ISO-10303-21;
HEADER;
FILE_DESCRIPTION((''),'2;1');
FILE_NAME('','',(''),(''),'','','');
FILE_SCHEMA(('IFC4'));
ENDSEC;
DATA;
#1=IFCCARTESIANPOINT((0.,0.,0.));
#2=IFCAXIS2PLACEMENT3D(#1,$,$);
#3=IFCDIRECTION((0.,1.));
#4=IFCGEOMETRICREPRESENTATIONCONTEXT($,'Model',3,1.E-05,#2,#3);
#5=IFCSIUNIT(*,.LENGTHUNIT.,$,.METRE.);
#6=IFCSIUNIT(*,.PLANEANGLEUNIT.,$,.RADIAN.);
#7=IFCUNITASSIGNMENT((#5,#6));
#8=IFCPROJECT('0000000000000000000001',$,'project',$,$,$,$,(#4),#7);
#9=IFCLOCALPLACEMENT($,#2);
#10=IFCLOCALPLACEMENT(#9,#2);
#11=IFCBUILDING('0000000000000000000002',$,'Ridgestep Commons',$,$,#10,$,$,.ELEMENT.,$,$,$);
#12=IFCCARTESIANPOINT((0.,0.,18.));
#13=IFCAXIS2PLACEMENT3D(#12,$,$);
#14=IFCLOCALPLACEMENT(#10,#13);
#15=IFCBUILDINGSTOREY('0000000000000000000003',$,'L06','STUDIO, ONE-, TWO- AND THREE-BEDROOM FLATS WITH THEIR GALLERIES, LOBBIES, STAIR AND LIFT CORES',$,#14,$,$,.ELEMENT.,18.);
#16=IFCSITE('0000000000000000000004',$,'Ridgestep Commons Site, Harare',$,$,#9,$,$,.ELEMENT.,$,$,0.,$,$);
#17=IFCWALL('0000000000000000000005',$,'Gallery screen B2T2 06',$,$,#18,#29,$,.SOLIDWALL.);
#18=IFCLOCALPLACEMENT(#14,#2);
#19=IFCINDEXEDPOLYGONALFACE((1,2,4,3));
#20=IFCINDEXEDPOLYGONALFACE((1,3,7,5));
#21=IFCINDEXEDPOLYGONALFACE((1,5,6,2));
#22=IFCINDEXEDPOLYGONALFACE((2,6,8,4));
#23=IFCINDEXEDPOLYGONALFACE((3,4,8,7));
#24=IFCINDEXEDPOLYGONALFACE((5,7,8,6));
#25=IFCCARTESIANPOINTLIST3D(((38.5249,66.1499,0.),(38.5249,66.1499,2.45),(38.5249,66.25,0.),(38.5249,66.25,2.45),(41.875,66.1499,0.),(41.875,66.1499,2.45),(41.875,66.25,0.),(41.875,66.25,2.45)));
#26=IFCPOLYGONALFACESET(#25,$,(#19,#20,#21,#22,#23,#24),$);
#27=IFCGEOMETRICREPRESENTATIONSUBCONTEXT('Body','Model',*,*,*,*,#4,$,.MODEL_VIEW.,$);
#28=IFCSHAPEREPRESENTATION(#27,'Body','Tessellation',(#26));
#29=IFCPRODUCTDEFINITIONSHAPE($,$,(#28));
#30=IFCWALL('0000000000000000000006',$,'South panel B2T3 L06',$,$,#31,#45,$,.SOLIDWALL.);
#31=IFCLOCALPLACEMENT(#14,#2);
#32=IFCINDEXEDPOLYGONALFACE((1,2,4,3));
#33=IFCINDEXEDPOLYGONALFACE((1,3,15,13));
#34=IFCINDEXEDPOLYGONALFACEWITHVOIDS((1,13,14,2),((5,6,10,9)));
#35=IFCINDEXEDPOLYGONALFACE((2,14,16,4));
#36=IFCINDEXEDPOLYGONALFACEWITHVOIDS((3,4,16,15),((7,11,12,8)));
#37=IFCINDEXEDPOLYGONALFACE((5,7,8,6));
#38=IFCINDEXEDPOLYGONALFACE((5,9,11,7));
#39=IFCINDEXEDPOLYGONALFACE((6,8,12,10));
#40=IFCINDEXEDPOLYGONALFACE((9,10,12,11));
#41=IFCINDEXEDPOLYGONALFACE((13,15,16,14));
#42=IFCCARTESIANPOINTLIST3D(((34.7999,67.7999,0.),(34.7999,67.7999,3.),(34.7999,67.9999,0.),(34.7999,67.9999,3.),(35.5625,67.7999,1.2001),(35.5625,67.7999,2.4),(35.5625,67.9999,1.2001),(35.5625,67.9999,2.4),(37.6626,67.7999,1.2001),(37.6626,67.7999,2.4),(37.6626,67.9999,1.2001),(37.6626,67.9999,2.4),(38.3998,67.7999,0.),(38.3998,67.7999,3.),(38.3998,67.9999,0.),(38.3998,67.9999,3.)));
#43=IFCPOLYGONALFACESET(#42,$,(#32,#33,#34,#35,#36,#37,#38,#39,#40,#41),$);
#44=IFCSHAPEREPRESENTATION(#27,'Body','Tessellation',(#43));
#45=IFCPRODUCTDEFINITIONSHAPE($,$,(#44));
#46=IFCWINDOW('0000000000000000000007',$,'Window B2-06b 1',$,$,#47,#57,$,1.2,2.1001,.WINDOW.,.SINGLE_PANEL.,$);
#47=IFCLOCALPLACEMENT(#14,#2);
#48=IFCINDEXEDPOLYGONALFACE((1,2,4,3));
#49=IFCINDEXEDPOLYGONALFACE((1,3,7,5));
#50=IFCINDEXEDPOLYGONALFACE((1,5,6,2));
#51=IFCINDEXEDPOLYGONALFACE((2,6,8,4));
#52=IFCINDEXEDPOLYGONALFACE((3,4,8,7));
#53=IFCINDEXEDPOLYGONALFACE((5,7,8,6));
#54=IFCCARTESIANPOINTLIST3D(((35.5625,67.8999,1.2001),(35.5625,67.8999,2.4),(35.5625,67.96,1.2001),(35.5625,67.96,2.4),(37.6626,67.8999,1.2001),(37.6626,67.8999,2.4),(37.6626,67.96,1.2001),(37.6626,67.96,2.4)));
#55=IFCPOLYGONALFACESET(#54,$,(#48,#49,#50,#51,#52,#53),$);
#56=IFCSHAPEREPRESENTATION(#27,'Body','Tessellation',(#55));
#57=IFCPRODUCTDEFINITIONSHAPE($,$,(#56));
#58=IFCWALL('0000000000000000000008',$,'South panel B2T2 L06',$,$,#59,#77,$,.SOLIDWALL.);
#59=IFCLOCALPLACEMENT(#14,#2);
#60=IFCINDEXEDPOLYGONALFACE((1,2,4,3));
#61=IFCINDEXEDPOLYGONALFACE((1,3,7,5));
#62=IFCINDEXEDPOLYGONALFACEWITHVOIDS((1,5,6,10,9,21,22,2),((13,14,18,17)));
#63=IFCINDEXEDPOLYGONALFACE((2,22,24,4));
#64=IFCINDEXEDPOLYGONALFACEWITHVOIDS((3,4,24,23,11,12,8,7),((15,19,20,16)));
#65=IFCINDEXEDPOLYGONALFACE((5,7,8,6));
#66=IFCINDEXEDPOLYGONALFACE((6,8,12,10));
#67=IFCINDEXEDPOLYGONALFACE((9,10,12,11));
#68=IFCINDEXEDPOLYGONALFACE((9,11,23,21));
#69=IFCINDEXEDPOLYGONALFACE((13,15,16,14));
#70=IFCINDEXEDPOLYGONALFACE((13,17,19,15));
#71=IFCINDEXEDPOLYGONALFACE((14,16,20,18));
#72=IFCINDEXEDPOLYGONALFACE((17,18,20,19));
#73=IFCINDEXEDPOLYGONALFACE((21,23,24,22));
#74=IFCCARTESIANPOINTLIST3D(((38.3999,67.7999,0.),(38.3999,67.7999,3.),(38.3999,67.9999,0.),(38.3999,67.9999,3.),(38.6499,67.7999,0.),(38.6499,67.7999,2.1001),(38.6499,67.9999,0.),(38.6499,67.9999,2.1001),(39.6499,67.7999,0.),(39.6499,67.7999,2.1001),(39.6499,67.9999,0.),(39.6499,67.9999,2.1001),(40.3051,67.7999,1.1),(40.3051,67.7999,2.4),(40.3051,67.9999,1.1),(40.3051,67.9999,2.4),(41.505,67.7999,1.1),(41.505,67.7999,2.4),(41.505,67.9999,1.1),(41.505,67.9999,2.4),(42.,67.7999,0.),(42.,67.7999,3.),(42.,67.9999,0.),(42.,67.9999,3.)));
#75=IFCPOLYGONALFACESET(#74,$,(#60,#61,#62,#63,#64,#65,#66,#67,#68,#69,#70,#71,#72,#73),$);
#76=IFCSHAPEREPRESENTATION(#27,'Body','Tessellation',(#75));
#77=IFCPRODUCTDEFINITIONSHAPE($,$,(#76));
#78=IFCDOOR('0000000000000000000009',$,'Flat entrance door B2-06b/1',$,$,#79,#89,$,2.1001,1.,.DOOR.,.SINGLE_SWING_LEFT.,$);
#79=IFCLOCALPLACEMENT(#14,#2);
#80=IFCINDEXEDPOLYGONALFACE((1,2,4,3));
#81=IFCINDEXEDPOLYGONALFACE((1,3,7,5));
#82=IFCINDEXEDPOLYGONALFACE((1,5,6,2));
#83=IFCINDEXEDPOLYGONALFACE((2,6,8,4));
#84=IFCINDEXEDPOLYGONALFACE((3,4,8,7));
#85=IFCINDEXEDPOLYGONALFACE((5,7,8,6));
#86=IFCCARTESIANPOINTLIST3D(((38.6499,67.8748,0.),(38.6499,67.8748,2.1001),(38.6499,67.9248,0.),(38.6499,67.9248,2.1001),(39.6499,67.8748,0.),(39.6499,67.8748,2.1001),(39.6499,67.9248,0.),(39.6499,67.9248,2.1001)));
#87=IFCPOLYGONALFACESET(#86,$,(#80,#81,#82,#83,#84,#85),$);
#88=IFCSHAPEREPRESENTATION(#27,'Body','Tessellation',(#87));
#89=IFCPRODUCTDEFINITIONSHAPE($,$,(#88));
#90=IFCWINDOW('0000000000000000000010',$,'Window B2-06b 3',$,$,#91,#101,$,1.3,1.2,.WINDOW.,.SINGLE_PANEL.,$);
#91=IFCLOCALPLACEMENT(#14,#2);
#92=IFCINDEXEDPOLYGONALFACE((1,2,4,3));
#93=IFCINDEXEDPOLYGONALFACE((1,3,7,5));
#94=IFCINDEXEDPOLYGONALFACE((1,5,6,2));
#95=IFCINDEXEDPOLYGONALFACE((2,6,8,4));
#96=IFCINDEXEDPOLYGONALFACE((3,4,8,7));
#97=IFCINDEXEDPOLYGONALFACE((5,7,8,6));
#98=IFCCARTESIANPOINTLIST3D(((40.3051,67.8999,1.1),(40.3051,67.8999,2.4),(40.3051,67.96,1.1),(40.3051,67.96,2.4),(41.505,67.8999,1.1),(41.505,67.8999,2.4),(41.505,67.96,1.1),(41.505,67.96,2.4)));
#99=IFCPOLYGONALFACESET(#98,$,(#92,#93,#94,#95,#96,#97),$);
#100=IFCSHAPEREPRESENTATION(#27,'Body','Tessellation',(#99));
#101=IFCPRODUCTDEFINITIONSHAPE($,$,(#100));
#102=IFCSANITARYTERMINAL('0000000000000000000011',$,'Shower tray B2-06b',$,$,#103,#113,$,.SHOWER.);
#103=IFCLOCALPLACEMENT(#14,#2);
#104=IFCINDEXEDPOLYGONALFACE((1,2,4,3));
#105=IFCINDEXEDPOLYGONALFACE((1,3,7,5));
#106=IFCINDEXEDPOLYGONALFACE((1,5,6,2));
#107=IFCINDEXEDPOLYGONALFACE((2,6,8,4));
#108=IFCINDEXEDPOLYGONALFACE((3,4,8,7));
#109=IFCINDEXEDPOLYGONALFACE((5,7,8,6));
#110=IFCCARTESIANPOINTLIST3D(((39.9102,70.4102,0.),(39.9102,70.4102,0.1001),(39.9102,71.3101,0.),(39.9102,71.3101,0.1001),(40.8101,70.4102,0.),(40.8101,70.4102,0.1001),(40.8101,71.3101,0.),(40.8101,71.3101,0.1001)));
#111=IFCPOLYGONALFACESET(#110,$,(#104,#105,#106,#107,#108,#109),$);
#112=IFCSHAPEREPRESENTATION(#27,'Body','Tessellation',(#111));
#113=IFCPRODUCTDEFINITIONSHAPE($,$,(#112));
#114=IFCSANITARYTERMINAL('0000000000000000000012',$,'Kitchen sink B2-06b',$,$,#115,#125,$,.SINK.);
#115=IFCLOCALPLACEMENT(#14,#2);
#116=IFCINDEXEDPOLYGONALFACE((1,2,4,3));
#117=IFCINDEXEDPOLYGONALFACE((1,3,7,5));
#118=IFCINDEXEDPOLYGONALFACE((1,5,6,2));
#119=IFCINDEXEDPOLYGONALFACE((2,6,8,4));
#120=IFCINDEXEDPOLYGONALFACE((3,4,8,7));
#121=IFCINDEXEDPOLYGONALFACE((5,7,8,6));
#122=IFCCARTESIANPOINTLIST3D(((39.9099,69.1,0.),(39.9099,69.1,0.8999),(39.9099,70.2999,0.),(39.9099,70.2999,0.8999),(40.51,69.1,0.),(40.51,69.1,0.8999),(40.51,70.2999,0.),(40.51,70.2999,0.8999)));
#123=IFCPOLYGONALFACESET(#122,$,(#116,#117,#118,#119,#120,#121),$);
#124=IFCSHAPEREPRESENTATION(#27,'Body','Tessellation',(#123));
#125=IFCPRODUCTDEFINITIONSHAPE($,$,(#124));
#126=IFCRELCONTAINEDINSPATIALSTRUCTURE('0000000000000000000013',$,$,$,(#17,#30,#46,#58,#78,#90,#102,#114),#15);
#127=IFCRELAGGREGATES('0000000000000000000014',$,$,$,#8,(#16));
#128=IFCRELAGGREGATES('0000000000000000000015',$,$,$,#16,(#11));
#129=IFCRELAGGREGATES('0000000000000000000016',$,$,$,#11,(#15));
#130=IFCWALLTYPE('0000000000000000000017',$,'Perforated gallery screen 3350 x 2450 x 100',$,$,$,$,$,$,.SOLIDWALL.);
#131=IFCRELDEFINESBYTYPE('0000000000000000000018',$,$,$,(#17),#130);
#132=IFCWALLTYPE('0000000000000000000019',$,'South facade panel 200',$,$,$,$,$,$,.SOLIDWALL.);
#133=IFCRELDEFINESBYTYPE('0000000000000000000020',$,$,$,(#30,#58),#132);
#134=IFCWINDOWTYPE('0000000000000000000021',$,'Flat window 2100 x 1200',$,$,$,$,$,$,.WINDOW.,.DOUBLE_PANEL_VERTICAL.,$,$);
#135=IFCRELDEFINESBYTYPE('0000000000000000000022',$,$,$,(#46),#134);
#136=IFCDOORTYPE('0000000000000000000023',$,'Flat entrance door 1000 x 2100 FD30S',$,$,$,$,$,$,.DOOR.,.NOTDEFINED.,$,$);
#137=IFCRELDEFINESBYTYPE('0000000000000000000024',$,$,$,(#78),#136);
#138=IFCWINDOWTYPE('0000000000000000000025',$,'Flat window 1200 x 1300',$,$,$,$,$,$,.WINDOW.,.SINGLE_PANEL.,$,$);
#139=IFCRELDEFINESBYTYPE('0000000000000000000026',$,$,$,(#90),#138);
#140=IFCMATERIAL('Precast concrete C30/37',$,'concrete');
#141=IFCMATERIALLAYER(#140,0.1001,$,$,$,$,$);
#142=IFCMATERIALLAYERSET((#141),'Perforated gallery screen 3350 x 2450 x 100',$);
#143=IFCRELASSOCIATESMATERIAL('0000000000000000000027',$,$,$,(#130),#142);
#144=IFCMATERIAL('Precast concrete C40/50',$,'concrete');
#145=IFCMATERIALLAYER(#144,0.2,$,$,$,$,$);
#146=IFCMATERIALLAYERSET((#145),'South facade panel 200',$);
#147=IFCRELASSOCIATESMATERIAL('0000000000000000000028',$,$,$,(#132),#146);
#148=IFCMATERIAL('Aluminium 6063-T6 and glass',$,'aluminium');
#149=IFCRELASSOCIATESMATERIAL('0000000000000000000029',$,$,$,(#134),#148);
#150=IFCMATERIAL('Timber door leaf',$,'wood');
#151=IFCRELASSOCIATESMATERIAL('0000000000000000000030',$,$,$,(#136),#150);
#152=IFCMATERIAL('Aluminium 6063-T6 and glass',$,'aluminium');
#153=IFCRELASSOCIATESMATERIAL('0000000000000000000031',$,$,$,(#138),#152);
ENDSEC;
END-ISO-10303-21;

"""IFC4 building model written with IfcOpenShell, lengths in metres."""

from ifc_helpers import new_model, si_unit, direction, frame, frame_2d, origin, origin_2d, place, context, subcontext, project, spatial, rectangle, extrude, material, layer, layer_set, type_object, element, fill, save


model = new_model("IFC4")

# Units and contexts
model_context = context("Model", 3, precision=1e-05, world=origin(), true_north=direction((0.0, 1.0)))
body_context = subcontext(model_context, "Body", "Model", "MODEL_VIEW")
ifc_project = project(units=[si_unit("LENGTHUNIT", "METRE"), si_unit("PLANEANGLEUNIT", "RADIAN")], contexts=[model_context])

# Site, building, storey
site_placement = place(None, origin())
site = spatial("IfcSite", under=ifc_project, at=site_placement, Name="Ridgestep Commons Site, Harare", CompositionType="ELEMENT", RefElevation=0.0)
building_placement = place(site_placement, origin())
building = spatial("IfcBuilding", under=site, at=building_placement, Name="Ridgestep Commons", CompositionType="ELEMENT")
storey_placement = place(building_placement, frame((0.0, 0.0, 18.0)))
storey = spatial("IfcBuildingStorey", under=building, at=storey_placement, Name="L06", Description="STUDIO, ONE-, TWO- AND THREE-BEDROOM FLATS WITH THEIR GALLERIES, LOBBIES, STAIR AND LIFT CORES", CompositionType="ELEMENT", Elevation=18.0)

# Wall
ifc_material_1 = material(Name="Precast concrete C30/37", Category="concrete")
ifc_layer_1 = layer(ifc_material_1, 0.1001)
ifc_layer_set_1 = layer_set([ifc_layer_1], Name="Perforated gallery screen 3350 x 2450 x 100")
wall_type_1 = type_object("IfcWallType", Name="Perforated gallery screen 3350 x 2450 x 100", PredefinedType="SOLIDWALL", material=ifc_layer_set_1)
wall_1_placement = place(storey_placement, frame((38.5249, 66.2, 0.0), z_axis=(0.0, 0.0, 1.0), x_axis=(1.0, 0.0, 0.0)))
element("IfcWall", 1, at=wall_1_placement, inside=storey, type_object=wall_type_1, Name="Gallery screen B2T2 06", PredefinedType="SOLIDWALL", context=body_context, shape_type="SweptSolid", body=[
    extrude(rectangle(XDim=3.3501, YDim=0.1001, at=frame_2d((1.675, 0.0))), origin(), (0.0, 0.0, 1.0), 2.45),
])

# Wall, opening, window
ifc_material_2 = material(Name="Precast concrete C40/50", Category="concrete")
ifc_layer_2 = layer(ifc_material_2, 0.2)
ifc_layer_set_2 = layer_set([ifc_layer_2], Name="South facade panel 200")
wall_type_2 = type_object("IfcWallType", Name="South facade panel 200", PredefinedType="SOLIDWALL", material=ifc_layer_set_2)
wall_2_placement = place(storey_placement, frame((34.8, 67.8999, 0.0), z_axis=(0.0, 0.0, 1.0), x_axis=(1.0, 0.0, 0.0)))
wall_2 = element("IfcWall", 2, at=wall_2_placement, inside=storey, type_object=wall_type_2, Name="South panel B2T3 L06", PredefinedType="SOLIDWALL", context=body_context, shape_type="SweptSolid", body=[
    extrude(rectangle(XDim=3.5999, YDim=0.2, at=frame_2d((1.7998, 0.0))), origin(), (0.0, 0.0, 1.0), 3.0),
])
opening_1_placement = place(wall_2_placement, frame((0.7625, 0.0, 1.2)))
opening_1 = element("IfcOpeningElement", 3, at=opening_1_placement, cuts=wall_2, PredefinedType="OPENING", context=body_context, shape_type="SweptSolid", body=[
    extrude(rectangle(XDim=2.1001, YDim=1.2, at=frame_2d((1.05, 0.6001))), frame((0.0, 0.1099, 0.0), z_axis=(0.0, -1.0, 0.0), x_axis=(1.0, 0.0, 0.0)), (0.0, 0.0, 1.0), 0.22),
])
ifc_material_3 = material(Name="Aluminium 6063-T6 and glass", Category="aluminium")
window_type_1 = type_object("IfcWindowType", Name="Flat window 2100 x 1200", PartitioningType="DOUBLE_PANEL_VERTICAL", PredefinedType="WINDOW", material=ifc_material_3)
window_1_placement = place(opening_1_placement, origin())
window_1 = element("IfcWindow", 4, at=window_1_placement, inside=storey, type_object=window_type_1, Name="Window B2-06b 1", OverallHeight=1.2, OverallWidth=2.1001, PartitioningType="SINGLE_PANEL", PredefinedType="WINDOW", context=body_context, shape_type="SweptSolid", body=[
    extrude(rectangle(XDim=2.1001, YDim=1.2, at=frame_2d((1.05, 0.6001))), frame((0.0, 0.0601, 0.0), z_axis=(0.0, -1.0, 0.0), x_axis=(1.0, 0.0, 0.0)), (0.0, 0.0, 1.0), 0.0601),
])
fill(opening_1, window_1)

# Wall, openings, door, window
wall_3_placement = place(storey_placement, frame((38.3999, 67.8999, 0.0), z_axis=(0.0, 0.0, 1.0), x_axis=(1.0, 0.0, 0.0)))
wall_3 = element("IfcWall", 5, at=wall_3_placement, inside=storey, type_object=wall_type_2, Name="South panel B2T2 L06", PredefinedType="SOLIDWALL", context=body_context, shape_type="SweptSolid", body=[
    extrude(rectangle(XDim=3.6001, YDim=0.2, at=frame_2d((1.8, 0.0))), origin(), (0.0, 0.0, 1.0), 3.0),
])
opening_2_placement = place(wall_3_placement, frame((1.905, 0.0, 1.1001)))
opening_2 = element("IfcOpeningElement", 6, at=opening_2_placement, cuts=wall_3, PredefinedType="OPENING", context=body_context, shape_type="SweptSolid", body=[
    extrude(rectangle(XDim=1.2, YDim=1.3, at=frame_2d((0.6001, 0.6499))), frame((0.0, 0.1099, 0.0), z_axis=(0.0, -1.0, 0.0), x_axis=(1.0, 0.0, 0.0)), (0.0, 0.0, 1.0), 0.22),
])
opening_3_placement = place(wall_3_placement, frame((0.25, 0.0, 0.0)))
opening_3 = element("IfcOpeningElement", 7, at=opening_3_placement, cuts=wall_3, PredefinedType="OPENING", context=body_context, shape_type="SweptSolid", body=[
    extrude(rectangle(XDim=1.0, YDim=2.1001, at=frame_2d((0.5, 1.05))), frame((0.0, 0.1099, 0.0), z_axis=(0.0, -1.0, 0.0), x_axis=(1.0, 0.0, 0.0)), (0.0, 0.0, 1.0), 0.22),
])
ifc_material_4 = material(Name="Timber door leaf", Category="wood")
door_type_1 = type_object("IfcDoorType", Name="Flat entrance door 1000 x 2100 FD30S", OperationType="NOTDEFINED", PredefinedType="DOOR", material=ifc_material_4)
door_1_placement = place(opening_3_placement, origin())
door_1 = element("IfcDoor", 8, at=door_1_placement, inside=storey, type_object=door_type_1, Name="Flat entrance door B2-06b/1", OperationType="SINGLE_SWING_LEFT", OverallHeight=2.1001, OverallWidth=1.0, PredefinedType="DOOR", context=body_context, shape_type="SweptSolid", body=[
    extrude(rectangle(XDim=1.0, YDim=2.1001, at=frame_2d((0.5, 1.05))), frame((0.0, 0.0249, 0.0), z_axis=(0.0, -1.0, 0.0), x_axis=(1.0, 0.0, 0.0)), (0.0, 0.0, 1.0), 0.05),
])
fill(opening_3, door_1)
ifc_material_5 = material(Name="Aluminium 6063-T6 and glass", Category="aluminium")
window_type_2 = type_object("IfcWindowType", Name="Flat window 1200 x 1300", PartitioningType="SINGLE_PANEL", PredefinedType="WINDOW", material=ifc_material_5)
window_2_placement = place(opening_2_placement, origin())
window_2 = element("IfcWindow", 9, at=window_2_placement, inside=storey, type_object=window_type_2, Name="Window B2-06b 3", OverallHeight=1.3, OverallWidth=1.2, PartitioningType="SINGLE_PANEL", PredefinedType="WINDOW", context=body_context, shape_type="SweptSolid", body=[
    extrude(rectangle(XDim=1.2, YDim=1.3, at=frame_2d((0.6001, 0.6499))), frame((0.0, 0.0601, 0.0), z_axis=(0.0, -1.0, 0.0), x_axis=(1.0, 0.0, 0.0)), (0.0, 0.0, 1.0), 0.0601),
])
fill(opening_2, window_2)

# Sanitary terminals
sanitary_terminal_1_placement = place(storey_placement, frame((40.3601, 70.8601, 0.0), z_axis=(0.0, 0.0, 1.0), x_axis=(1.0, 0.0, 0.0)))
element("IfcSanitaryTerminal", 10, at=sanitary_terminal_1_placement, inside=storey, Name="Shower tray B2-06b", PredefinedType="SHOWER", context=body_context, shape_type="SweptSolid", body=[
    extrude(rectangle(XDim=0.8999, YDim=0.8999, at=origin_2d()), origin(), (0.0, 0.0, 1.0), 0.1001),
])
sanitary_terminal_2_placement = place(storey_placement, frame((40.21, 69.7, 0.0), z_axis=(0.0, 0.0, 1.0), x_axis=(1.0, 0.0, 0.0)))
element("IfcSanitaryTerminal", 11, at=sanitary_terminal_2_placement, inside=storey, Name="Kitchen sink B2-06b", PredefinedType="SINK", context=body_context, shape_type="SweptSolid", body=[
    extrude(rectangle(XDim=0.6001, YDim=1.2, at=origin_2d()), origin(), (0.0, 0.0, 1.0), 0.8999),
])

save(model, "model.ifc")
